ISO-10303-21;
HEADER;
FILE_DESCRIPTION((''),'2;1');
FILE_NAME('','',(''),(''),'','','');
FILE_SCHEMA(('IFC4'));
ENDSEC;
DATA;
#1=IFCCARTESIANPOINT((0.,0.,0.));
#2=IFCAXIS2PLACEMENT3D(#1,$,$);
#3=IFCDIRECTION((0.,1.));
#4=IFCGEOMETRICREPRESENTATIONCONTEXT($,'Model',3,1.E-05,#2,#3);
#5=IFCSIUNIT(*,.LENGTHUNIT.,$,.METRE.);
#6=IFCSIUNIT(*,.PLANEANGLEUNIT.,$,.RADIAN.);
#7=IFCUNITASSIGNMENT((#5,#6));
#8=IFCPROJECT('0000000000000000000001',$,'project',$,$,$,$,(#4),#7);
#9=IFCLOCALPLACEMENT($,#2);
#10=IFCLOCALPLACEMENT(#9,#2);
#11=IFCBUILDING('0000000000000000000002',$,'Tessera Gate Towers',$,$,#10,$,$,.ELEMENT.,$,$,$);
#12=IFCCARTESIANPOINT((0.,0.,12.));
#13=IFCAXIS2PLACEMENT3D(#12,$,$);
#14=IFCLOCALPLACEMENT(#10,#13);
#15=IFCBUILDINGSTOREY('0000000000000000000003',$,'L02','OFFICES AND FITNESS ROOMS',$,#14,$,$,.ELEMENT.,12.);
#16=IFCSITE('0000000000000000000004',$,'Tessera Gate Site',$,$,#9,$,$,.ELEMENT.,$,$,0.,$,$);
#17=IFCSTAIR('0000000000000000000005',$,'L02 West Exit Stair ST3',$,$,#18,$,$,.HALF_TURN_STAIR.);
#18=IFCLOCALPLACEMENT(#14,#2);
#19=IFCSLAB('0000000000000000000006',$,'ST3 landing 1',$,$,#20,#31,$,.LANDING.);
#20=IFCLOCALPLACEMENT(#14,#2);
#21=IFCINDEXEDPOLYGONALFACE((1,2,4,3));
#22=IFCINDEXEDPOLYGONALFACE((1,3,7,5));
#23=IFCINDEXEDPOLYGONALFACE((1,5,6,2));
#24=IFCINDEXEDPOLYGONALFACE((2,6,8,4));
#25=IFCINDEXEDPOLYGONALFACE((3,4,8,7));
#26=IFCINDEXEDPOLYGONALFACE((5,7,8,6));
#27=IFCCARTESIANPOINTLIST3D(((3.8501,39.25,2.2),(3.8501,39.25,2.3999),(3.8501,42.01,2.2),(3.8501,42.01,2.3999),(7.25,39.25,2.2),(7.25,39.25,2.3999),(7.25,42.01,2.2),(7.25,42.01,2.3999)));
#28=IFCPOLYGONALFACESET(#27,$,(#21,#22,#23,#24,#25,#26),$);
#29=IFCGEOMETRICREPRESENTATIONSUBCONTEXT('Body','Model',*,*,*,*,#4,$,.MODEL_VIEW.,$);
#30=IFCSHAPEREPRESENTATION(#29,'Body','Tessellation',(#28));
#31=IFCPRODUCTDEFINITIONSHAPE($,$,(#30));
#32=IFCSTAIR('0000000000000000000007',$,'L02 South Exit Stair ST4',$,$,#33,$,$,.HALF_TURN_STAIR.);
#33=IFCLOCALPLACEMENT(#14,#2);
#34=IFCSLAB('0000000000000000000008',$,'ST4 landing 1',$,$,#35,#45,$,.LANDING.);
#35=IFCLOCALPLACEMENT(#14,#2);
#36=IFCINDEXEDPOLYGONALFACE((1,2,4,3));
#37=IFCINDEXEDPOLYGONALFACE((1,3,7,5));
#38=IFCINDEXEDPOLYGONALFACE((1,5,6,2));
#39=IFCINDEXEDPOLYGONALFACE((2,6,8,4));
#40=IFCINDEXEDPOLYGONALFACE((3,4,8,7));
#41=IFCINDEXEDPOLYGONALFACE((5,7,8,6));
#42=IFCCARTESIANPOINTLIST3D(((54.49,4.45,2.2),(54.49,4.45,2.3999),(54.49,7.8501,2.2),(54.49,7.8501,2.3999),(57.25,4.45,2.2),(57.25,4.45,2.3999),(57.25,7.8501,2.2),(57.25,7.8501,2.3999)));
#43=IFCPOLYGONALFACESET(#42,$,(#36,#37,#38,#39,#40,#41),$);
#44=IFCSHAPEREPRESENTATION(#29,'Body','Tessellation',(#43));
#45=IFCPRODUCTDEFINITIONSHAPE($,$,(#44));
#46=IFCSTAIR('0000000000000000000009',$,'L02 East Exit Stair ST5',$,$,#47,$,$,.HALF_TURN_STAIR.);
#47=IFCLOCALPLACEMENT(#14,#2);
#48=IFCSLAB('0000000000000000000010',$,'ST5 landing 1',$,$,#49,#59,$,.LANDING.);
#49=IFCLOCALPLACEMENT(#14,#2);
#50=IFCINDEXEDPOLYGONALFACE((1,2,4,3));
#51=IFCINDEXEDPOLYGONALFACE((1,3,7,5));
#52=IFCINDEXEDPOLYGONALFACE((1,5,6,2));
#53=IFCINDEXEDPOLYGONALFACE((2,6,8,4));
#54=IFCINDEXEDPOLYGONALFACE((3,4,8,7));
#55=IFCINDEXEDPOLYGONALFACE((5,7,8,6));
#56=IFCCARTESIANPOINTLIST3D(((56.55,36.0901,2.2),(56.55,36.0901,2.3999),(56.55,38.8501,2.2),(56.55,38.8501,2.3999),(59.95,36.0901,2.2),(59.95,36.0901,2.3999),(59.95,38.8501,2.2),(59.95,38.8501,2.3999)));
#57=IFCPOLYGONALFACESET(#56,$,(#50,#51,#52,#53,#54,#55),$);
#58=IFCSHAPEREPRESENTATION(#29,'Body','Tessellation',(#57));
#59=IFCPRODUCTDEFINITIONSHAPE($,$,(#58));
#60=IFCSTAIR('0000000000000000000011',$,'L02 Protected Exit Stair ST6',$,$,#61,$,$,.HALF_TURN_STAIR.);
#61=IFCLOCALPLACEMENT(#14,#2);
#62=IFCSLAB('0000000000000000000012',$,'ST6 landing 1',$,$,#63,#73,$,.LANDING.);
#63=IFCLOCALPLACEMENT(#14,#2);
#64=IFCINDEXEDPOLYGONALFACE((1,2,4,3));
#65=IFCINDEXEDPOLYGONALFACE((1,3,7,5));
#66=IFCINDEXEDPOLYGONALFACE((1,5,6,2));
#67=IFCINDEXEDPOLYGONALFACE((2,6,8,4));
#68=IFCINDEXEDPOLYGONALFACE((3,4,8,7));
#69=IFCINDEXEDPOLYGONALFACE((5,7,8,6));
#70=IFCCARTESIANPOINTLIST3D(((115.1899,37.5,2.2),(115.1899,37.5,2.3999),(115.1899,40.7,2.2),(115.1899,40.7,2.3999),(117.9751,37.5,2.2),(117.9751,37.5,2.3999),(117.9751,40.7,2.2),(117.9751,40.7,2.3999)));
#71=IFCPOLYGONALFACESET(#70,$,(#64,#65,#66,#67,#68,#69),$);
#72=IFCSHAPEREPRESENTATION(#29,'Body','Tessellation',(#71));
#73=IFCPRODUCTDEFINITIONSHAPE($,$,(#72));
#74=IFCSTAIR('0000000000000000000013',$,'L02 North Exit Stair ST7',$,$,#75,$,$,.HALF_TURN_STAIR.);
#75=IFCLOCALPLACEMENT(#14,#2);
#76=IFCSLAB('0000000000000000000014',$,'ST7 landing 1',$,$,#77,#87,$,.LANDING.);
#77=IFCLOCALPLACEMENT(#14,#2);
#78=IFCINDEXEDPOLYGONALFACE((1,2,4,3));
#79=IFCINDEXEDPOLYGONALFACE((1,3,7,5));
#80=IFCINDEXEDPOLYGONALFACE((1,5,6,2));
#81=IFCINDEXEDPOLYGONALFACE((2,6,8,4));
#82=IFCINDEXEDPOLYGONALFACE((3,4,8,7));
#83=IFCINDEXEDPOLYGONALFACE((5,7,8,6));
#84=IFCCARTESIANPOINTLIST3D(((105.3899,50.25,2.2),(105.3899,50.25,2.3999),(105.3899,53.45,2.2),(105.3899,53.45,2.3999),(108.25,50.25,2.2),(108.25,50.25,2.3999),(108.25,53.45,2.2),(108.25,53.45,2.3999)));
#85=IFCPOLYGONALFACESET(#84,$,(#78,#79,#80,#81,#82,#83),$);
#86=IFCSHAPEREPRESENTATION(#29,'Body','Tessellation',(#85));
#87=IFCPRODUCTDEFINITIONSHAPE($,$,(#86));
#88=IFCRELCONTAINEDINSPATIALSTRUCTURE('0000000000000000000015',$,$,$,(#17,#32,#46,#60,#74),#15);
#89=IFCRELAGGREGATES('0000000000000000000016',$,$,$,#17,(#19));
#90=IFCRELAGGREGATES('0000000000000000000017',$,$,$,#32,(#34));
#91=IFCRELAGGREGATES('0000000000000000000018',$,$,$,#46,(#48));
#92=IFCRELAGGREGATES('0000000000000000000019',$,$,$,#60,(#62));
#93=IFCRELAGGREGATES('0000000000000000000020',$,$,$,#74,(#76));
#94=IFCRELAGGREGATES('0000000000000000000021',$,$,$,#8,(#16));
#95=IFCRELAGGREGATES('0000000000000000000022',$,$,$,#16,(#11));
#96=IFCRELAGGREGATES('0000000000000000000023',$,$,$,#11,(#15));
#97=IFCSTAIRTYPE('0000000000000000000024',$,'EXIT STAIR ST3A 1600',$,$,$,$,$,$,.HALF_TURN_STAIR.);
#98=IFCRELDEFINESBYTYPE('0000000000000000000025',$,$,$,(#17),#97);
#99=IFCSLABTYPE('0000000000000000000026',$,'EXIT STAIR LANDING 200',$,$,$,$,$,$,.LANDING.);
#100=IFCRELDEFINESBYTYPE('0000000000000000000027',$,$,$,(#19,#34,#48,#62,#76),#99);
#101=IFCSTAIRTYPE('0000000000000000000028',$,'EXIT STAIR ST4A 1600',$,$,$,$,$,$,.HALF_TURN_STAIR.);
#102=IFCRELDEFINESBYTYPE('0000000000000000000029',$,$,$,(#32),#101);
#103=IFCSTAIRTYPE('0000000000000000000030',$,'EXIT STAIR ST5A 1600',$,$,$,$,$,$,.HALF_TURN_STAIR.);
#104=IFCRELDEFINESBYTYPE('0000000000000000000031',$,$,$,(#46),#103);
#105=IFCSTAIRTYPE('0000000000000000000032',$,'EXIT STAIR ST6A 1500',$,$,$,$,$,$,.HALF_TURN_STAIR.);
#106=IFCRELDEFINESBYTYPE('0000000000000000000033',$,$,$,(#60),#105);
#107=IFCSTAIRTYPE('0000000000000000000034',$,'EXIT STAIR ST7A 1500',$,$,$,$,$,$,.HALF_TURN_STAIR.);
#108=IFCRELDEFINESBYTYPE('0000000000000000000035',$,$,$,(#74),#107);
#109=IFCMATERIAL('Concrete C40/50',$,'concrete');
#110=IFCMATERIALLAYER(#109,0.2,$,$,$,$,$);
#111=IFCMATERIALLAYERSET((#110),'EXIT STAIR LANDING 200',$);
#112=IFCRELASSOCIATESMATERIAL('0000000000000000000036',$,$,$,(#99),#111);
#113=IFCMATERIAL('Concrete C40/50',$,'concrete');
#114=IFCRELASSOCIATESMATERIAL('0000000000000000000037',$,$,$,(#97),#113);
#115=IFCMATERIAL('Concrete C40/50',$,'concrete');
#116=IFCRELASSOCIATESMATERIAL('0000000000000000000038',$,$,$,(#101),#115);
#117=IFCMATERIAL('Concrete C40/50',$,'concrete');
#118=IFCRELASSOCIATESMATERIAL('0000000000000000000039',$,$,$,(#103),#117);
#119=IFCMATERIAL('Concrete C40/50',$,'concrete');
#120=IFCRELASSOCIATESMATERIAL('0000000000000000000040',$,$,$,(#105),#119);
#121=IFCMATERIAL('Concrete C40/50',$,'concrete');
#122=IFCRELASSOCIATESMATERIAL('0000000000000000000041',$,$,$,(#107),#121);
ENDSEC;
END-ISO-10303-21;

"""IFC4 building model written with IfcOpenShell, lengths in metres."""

from ifc_helpers import new_model, si_unit, direction, frame, origin, place, context, subcontext, project, spatial, polyline, outline, extrude, material, layer, layer_set, type_object, element, aggregate, save


model = new_model("IFC4")

# Units and contexts
model_context = context("Model", 3, precision=1e-05, world=origin(), true_north=direction((0.0, 1.0)))
body_context = subcontext(model_context, "Body", "Model", "MODEL_VIEW")
ifc_project = project(units=[si_unit("LENGTHUNIT", "METRE"), si_unit("PLANEANGLEUNIT", "RADIAN")], contexts=[model_context])

# Site, building, storey
site_placement = place(None, origin())
site = spatial("IfcSite", under=ifc_project, at=site_placement, Name="Tessera Gate Site", CompositionType="ELEMENT", RefElevation=0.0)
building_placement = place(site_placement, origin())
building = spatial("IfcBuilding", under=site, at=building_placement, Name="Tessera Gate Towers", CompositionType="ELEMENT")
storey_placement = place(building_placement, frame((0.0, 0.0, 12.0)))
storey = spatial("IfcBuildingStorey", under=building, at=storey_placement, Name="L02", Description="OFFICES AND FITNESS ROOMS", CompositionType="ELEMENT", Elevation=12.0)

# Stairs, slabs
ifc_material_1 = material(Name="Concrete C40/50", Category="concrete")
ifc_layer_1 = layer(ifc_material_1, 0.2)
ifc_layer_set_1 = layer_set([ifc_layer_1], Name="EXIT STAIR LANDING 200")
slab_type_1 = type_object("IfcSlabType", Name="EXIT STAIR LANDING 200", PredefinedType="LANDING", material=ifc_layer_set_1)
ifc_material_2 = material(Name="Concrete C40/50", Category="concrete")
stair_type_1 = type_object("IfcStairType", Name="EXIT STAIR ST3A 1600", PredefinedType="HALF_TURN_STAIR", material=ifc_material_2)
stair_1_placement = place(storey_placement, origin())
stair_1 = element("IfcStair", 1, at=stair_1_placement, inside=storey, type_object=stair_type_1, Name="L02 West Exit Stair ST3", PredefinedType="HALF_TURN_STAIR")
slab_1_placement = place(storey_placement, frame((0.0, 0.0, 2.2)))
slab_1 = element("IfcSlab", 2, at=slab_1_placement, type_object=slab_type_1, Name="ST3 landing 1", PredefinedType="LANDING", context=body_context, shape_type="SweptSolid", body=[
    extrude(outline(polyline([(3.8501, 42.01), (3.8501, 39.25), (7.25, 39.25), (7.25, 42.01), (3.8501, 42.01)])), origin(), (0.0, 0.0, 1.0), 0.2),
])
aggregate(stair_1, [slab_1])
ifc_material_3 = material(Name="Concrete C40/50", Category="concrete")
stair_type_2 = type_object("IfcStairType", Name="EXIT STAIR ST4A 1600", PredefinedType="HALF_TURN_STAIR", material=ifc_material_3)
stair_2_placement = place(storey_placement, origin())
stair_2 = element("IfcStair", 3, at=stair_2_placement, inside=storey, type_object=stair_type_2, Name="L02 South Exit Stair ST4", PredefinedType="HALF_TURN_STAIR")
slab_2_placement = place(storey_placement, frame((0.0, 0.0, 2.2)))
slab_2 = element("IfcSlab", 4, at=slab_2_placement, type_object=slab_type_1, Name="ST4 landing 1", PredefinedType="LANDING", context=body_context, shape_type="SweptSolid", body=[
    extrude(outline(polyline([(54.49, 4.45), (57.25, 4.45), (57.25, 7.8501), (54.49, 7.8501), (54.49, 4.45)])), origin(), (0.0, 0.0, 1.0), 0.2),
])
aggregate(stair_2, [slab_2])
ifc_material_4 = material(Name="Concrete C40/50", Category="concrete")
stair_type_3 = type_object("IfcStairType", Name="EXIT STAIR ST5A 1600", PredefinedType="HALF_TURN_STAIR", material=ifc_material_4)
stair_3_placement = place(storey_placement, origin())
stair_3 = element("IfcStair", 5, at=stair_3_placement, inside=storey, type_object=stair_type_3, Name="L02 East Exit Stair ST5", PredefinedType="HALF_TURN_STAIR")
slab_3_placement = place(storey_placement, frame((0.0, 0.0, 2.2)))
slab_3 = element("IfcSlab", 6, at=slab_3_placement, type_object=slab_type_1, Name="ST5 landing 1", PredefinedType="LANDING", context=body_context, shape_type="SweptSolid", body=[
    extrude(outline(polyline([(59.95, 36.0901), (59.95, 38.8501), (56.55, 38.8501), (56.55, 36.0901), (59.95, 36.0901)])), origin(), (0.0, 0.0, 1.0), 0.2),
])
aggregate(stair_3, [slab_3])
ifc_material_5 = material(Name="Concrete C40/50", Category="concrete")
stair_type_4 = type_object("IfcStairType", Name="EXIT STAIR ST6A 1500", PredefinedType="HALF_TURN_STAIR", material=ifc_material_5)
stair_4_placement = place(storey_placement, origin())
stair_4 = element("IfcStair", 7, at=stair_4_placement, inside=storey, type_object=stair_type_4, Name="L02 Protected Exit Stair ST6", PredefinedType="HALF_TURN_STAIR")
slab_4_placement = place(storey_placement, frame((0.0, 0.0, 2.2)))
slab_4 = element("IfcSlab", 8, at=slab_4_placement, type_object=slab_type_1, Name="ST6 landing 1", PredefinedType="LANDING", context=body_context, shape_type="SweptSolid", body=[
    extrude(outline(polyline([(115.1899, 37.5), (117.9751, 37.5), (117.9751, 40.7), (115.1899, 40.7), (115.1899, 37.5)])), origin(), (0.0, 0.0, 1.0), 0.2),
])
aggregate(stair_4, [slab_4])
ifc_material_6 = material(Name="Concrete C40/50", Category="concrete")
stair_type_5 = type_object("IfcStairType", Name="EXIT STAIR ST7A 1500", PredefinedType="HALF_TURN_STAIR", material=ifc_material_6)
stair_5_placement = place(storey_placement, origin())
stair_5 = element("IfcStair", 9, at=stair_5_placement, inside=storey, type_object=stair_type_5, Name="L02 North Exit Stair ST7", PredefinedType="HALF_TURN_STAIR")
slab_5_placement = place(storey_placement, frame((0.0, 0.0, 2.2)))
slab_5 = element("IfcSlab", 10, at=slab_5_placement, type_object=slab_type_1, Name="ST7 landing 1", PredefinedType="LANDING", context=body_context, shape_type="SweptSolid", body=[
    extrude(outline(polyline([(105.3899, 50.25), (108.25, 50.25), (108.25, 53.45), (105.3899, 53.45), (105.3899, 50.25)])), origin(), (0.0, 0.0, 1.0), 0.2),
])
aggregate(stair_5, [slab_5])

save(model, "model.ifc")
